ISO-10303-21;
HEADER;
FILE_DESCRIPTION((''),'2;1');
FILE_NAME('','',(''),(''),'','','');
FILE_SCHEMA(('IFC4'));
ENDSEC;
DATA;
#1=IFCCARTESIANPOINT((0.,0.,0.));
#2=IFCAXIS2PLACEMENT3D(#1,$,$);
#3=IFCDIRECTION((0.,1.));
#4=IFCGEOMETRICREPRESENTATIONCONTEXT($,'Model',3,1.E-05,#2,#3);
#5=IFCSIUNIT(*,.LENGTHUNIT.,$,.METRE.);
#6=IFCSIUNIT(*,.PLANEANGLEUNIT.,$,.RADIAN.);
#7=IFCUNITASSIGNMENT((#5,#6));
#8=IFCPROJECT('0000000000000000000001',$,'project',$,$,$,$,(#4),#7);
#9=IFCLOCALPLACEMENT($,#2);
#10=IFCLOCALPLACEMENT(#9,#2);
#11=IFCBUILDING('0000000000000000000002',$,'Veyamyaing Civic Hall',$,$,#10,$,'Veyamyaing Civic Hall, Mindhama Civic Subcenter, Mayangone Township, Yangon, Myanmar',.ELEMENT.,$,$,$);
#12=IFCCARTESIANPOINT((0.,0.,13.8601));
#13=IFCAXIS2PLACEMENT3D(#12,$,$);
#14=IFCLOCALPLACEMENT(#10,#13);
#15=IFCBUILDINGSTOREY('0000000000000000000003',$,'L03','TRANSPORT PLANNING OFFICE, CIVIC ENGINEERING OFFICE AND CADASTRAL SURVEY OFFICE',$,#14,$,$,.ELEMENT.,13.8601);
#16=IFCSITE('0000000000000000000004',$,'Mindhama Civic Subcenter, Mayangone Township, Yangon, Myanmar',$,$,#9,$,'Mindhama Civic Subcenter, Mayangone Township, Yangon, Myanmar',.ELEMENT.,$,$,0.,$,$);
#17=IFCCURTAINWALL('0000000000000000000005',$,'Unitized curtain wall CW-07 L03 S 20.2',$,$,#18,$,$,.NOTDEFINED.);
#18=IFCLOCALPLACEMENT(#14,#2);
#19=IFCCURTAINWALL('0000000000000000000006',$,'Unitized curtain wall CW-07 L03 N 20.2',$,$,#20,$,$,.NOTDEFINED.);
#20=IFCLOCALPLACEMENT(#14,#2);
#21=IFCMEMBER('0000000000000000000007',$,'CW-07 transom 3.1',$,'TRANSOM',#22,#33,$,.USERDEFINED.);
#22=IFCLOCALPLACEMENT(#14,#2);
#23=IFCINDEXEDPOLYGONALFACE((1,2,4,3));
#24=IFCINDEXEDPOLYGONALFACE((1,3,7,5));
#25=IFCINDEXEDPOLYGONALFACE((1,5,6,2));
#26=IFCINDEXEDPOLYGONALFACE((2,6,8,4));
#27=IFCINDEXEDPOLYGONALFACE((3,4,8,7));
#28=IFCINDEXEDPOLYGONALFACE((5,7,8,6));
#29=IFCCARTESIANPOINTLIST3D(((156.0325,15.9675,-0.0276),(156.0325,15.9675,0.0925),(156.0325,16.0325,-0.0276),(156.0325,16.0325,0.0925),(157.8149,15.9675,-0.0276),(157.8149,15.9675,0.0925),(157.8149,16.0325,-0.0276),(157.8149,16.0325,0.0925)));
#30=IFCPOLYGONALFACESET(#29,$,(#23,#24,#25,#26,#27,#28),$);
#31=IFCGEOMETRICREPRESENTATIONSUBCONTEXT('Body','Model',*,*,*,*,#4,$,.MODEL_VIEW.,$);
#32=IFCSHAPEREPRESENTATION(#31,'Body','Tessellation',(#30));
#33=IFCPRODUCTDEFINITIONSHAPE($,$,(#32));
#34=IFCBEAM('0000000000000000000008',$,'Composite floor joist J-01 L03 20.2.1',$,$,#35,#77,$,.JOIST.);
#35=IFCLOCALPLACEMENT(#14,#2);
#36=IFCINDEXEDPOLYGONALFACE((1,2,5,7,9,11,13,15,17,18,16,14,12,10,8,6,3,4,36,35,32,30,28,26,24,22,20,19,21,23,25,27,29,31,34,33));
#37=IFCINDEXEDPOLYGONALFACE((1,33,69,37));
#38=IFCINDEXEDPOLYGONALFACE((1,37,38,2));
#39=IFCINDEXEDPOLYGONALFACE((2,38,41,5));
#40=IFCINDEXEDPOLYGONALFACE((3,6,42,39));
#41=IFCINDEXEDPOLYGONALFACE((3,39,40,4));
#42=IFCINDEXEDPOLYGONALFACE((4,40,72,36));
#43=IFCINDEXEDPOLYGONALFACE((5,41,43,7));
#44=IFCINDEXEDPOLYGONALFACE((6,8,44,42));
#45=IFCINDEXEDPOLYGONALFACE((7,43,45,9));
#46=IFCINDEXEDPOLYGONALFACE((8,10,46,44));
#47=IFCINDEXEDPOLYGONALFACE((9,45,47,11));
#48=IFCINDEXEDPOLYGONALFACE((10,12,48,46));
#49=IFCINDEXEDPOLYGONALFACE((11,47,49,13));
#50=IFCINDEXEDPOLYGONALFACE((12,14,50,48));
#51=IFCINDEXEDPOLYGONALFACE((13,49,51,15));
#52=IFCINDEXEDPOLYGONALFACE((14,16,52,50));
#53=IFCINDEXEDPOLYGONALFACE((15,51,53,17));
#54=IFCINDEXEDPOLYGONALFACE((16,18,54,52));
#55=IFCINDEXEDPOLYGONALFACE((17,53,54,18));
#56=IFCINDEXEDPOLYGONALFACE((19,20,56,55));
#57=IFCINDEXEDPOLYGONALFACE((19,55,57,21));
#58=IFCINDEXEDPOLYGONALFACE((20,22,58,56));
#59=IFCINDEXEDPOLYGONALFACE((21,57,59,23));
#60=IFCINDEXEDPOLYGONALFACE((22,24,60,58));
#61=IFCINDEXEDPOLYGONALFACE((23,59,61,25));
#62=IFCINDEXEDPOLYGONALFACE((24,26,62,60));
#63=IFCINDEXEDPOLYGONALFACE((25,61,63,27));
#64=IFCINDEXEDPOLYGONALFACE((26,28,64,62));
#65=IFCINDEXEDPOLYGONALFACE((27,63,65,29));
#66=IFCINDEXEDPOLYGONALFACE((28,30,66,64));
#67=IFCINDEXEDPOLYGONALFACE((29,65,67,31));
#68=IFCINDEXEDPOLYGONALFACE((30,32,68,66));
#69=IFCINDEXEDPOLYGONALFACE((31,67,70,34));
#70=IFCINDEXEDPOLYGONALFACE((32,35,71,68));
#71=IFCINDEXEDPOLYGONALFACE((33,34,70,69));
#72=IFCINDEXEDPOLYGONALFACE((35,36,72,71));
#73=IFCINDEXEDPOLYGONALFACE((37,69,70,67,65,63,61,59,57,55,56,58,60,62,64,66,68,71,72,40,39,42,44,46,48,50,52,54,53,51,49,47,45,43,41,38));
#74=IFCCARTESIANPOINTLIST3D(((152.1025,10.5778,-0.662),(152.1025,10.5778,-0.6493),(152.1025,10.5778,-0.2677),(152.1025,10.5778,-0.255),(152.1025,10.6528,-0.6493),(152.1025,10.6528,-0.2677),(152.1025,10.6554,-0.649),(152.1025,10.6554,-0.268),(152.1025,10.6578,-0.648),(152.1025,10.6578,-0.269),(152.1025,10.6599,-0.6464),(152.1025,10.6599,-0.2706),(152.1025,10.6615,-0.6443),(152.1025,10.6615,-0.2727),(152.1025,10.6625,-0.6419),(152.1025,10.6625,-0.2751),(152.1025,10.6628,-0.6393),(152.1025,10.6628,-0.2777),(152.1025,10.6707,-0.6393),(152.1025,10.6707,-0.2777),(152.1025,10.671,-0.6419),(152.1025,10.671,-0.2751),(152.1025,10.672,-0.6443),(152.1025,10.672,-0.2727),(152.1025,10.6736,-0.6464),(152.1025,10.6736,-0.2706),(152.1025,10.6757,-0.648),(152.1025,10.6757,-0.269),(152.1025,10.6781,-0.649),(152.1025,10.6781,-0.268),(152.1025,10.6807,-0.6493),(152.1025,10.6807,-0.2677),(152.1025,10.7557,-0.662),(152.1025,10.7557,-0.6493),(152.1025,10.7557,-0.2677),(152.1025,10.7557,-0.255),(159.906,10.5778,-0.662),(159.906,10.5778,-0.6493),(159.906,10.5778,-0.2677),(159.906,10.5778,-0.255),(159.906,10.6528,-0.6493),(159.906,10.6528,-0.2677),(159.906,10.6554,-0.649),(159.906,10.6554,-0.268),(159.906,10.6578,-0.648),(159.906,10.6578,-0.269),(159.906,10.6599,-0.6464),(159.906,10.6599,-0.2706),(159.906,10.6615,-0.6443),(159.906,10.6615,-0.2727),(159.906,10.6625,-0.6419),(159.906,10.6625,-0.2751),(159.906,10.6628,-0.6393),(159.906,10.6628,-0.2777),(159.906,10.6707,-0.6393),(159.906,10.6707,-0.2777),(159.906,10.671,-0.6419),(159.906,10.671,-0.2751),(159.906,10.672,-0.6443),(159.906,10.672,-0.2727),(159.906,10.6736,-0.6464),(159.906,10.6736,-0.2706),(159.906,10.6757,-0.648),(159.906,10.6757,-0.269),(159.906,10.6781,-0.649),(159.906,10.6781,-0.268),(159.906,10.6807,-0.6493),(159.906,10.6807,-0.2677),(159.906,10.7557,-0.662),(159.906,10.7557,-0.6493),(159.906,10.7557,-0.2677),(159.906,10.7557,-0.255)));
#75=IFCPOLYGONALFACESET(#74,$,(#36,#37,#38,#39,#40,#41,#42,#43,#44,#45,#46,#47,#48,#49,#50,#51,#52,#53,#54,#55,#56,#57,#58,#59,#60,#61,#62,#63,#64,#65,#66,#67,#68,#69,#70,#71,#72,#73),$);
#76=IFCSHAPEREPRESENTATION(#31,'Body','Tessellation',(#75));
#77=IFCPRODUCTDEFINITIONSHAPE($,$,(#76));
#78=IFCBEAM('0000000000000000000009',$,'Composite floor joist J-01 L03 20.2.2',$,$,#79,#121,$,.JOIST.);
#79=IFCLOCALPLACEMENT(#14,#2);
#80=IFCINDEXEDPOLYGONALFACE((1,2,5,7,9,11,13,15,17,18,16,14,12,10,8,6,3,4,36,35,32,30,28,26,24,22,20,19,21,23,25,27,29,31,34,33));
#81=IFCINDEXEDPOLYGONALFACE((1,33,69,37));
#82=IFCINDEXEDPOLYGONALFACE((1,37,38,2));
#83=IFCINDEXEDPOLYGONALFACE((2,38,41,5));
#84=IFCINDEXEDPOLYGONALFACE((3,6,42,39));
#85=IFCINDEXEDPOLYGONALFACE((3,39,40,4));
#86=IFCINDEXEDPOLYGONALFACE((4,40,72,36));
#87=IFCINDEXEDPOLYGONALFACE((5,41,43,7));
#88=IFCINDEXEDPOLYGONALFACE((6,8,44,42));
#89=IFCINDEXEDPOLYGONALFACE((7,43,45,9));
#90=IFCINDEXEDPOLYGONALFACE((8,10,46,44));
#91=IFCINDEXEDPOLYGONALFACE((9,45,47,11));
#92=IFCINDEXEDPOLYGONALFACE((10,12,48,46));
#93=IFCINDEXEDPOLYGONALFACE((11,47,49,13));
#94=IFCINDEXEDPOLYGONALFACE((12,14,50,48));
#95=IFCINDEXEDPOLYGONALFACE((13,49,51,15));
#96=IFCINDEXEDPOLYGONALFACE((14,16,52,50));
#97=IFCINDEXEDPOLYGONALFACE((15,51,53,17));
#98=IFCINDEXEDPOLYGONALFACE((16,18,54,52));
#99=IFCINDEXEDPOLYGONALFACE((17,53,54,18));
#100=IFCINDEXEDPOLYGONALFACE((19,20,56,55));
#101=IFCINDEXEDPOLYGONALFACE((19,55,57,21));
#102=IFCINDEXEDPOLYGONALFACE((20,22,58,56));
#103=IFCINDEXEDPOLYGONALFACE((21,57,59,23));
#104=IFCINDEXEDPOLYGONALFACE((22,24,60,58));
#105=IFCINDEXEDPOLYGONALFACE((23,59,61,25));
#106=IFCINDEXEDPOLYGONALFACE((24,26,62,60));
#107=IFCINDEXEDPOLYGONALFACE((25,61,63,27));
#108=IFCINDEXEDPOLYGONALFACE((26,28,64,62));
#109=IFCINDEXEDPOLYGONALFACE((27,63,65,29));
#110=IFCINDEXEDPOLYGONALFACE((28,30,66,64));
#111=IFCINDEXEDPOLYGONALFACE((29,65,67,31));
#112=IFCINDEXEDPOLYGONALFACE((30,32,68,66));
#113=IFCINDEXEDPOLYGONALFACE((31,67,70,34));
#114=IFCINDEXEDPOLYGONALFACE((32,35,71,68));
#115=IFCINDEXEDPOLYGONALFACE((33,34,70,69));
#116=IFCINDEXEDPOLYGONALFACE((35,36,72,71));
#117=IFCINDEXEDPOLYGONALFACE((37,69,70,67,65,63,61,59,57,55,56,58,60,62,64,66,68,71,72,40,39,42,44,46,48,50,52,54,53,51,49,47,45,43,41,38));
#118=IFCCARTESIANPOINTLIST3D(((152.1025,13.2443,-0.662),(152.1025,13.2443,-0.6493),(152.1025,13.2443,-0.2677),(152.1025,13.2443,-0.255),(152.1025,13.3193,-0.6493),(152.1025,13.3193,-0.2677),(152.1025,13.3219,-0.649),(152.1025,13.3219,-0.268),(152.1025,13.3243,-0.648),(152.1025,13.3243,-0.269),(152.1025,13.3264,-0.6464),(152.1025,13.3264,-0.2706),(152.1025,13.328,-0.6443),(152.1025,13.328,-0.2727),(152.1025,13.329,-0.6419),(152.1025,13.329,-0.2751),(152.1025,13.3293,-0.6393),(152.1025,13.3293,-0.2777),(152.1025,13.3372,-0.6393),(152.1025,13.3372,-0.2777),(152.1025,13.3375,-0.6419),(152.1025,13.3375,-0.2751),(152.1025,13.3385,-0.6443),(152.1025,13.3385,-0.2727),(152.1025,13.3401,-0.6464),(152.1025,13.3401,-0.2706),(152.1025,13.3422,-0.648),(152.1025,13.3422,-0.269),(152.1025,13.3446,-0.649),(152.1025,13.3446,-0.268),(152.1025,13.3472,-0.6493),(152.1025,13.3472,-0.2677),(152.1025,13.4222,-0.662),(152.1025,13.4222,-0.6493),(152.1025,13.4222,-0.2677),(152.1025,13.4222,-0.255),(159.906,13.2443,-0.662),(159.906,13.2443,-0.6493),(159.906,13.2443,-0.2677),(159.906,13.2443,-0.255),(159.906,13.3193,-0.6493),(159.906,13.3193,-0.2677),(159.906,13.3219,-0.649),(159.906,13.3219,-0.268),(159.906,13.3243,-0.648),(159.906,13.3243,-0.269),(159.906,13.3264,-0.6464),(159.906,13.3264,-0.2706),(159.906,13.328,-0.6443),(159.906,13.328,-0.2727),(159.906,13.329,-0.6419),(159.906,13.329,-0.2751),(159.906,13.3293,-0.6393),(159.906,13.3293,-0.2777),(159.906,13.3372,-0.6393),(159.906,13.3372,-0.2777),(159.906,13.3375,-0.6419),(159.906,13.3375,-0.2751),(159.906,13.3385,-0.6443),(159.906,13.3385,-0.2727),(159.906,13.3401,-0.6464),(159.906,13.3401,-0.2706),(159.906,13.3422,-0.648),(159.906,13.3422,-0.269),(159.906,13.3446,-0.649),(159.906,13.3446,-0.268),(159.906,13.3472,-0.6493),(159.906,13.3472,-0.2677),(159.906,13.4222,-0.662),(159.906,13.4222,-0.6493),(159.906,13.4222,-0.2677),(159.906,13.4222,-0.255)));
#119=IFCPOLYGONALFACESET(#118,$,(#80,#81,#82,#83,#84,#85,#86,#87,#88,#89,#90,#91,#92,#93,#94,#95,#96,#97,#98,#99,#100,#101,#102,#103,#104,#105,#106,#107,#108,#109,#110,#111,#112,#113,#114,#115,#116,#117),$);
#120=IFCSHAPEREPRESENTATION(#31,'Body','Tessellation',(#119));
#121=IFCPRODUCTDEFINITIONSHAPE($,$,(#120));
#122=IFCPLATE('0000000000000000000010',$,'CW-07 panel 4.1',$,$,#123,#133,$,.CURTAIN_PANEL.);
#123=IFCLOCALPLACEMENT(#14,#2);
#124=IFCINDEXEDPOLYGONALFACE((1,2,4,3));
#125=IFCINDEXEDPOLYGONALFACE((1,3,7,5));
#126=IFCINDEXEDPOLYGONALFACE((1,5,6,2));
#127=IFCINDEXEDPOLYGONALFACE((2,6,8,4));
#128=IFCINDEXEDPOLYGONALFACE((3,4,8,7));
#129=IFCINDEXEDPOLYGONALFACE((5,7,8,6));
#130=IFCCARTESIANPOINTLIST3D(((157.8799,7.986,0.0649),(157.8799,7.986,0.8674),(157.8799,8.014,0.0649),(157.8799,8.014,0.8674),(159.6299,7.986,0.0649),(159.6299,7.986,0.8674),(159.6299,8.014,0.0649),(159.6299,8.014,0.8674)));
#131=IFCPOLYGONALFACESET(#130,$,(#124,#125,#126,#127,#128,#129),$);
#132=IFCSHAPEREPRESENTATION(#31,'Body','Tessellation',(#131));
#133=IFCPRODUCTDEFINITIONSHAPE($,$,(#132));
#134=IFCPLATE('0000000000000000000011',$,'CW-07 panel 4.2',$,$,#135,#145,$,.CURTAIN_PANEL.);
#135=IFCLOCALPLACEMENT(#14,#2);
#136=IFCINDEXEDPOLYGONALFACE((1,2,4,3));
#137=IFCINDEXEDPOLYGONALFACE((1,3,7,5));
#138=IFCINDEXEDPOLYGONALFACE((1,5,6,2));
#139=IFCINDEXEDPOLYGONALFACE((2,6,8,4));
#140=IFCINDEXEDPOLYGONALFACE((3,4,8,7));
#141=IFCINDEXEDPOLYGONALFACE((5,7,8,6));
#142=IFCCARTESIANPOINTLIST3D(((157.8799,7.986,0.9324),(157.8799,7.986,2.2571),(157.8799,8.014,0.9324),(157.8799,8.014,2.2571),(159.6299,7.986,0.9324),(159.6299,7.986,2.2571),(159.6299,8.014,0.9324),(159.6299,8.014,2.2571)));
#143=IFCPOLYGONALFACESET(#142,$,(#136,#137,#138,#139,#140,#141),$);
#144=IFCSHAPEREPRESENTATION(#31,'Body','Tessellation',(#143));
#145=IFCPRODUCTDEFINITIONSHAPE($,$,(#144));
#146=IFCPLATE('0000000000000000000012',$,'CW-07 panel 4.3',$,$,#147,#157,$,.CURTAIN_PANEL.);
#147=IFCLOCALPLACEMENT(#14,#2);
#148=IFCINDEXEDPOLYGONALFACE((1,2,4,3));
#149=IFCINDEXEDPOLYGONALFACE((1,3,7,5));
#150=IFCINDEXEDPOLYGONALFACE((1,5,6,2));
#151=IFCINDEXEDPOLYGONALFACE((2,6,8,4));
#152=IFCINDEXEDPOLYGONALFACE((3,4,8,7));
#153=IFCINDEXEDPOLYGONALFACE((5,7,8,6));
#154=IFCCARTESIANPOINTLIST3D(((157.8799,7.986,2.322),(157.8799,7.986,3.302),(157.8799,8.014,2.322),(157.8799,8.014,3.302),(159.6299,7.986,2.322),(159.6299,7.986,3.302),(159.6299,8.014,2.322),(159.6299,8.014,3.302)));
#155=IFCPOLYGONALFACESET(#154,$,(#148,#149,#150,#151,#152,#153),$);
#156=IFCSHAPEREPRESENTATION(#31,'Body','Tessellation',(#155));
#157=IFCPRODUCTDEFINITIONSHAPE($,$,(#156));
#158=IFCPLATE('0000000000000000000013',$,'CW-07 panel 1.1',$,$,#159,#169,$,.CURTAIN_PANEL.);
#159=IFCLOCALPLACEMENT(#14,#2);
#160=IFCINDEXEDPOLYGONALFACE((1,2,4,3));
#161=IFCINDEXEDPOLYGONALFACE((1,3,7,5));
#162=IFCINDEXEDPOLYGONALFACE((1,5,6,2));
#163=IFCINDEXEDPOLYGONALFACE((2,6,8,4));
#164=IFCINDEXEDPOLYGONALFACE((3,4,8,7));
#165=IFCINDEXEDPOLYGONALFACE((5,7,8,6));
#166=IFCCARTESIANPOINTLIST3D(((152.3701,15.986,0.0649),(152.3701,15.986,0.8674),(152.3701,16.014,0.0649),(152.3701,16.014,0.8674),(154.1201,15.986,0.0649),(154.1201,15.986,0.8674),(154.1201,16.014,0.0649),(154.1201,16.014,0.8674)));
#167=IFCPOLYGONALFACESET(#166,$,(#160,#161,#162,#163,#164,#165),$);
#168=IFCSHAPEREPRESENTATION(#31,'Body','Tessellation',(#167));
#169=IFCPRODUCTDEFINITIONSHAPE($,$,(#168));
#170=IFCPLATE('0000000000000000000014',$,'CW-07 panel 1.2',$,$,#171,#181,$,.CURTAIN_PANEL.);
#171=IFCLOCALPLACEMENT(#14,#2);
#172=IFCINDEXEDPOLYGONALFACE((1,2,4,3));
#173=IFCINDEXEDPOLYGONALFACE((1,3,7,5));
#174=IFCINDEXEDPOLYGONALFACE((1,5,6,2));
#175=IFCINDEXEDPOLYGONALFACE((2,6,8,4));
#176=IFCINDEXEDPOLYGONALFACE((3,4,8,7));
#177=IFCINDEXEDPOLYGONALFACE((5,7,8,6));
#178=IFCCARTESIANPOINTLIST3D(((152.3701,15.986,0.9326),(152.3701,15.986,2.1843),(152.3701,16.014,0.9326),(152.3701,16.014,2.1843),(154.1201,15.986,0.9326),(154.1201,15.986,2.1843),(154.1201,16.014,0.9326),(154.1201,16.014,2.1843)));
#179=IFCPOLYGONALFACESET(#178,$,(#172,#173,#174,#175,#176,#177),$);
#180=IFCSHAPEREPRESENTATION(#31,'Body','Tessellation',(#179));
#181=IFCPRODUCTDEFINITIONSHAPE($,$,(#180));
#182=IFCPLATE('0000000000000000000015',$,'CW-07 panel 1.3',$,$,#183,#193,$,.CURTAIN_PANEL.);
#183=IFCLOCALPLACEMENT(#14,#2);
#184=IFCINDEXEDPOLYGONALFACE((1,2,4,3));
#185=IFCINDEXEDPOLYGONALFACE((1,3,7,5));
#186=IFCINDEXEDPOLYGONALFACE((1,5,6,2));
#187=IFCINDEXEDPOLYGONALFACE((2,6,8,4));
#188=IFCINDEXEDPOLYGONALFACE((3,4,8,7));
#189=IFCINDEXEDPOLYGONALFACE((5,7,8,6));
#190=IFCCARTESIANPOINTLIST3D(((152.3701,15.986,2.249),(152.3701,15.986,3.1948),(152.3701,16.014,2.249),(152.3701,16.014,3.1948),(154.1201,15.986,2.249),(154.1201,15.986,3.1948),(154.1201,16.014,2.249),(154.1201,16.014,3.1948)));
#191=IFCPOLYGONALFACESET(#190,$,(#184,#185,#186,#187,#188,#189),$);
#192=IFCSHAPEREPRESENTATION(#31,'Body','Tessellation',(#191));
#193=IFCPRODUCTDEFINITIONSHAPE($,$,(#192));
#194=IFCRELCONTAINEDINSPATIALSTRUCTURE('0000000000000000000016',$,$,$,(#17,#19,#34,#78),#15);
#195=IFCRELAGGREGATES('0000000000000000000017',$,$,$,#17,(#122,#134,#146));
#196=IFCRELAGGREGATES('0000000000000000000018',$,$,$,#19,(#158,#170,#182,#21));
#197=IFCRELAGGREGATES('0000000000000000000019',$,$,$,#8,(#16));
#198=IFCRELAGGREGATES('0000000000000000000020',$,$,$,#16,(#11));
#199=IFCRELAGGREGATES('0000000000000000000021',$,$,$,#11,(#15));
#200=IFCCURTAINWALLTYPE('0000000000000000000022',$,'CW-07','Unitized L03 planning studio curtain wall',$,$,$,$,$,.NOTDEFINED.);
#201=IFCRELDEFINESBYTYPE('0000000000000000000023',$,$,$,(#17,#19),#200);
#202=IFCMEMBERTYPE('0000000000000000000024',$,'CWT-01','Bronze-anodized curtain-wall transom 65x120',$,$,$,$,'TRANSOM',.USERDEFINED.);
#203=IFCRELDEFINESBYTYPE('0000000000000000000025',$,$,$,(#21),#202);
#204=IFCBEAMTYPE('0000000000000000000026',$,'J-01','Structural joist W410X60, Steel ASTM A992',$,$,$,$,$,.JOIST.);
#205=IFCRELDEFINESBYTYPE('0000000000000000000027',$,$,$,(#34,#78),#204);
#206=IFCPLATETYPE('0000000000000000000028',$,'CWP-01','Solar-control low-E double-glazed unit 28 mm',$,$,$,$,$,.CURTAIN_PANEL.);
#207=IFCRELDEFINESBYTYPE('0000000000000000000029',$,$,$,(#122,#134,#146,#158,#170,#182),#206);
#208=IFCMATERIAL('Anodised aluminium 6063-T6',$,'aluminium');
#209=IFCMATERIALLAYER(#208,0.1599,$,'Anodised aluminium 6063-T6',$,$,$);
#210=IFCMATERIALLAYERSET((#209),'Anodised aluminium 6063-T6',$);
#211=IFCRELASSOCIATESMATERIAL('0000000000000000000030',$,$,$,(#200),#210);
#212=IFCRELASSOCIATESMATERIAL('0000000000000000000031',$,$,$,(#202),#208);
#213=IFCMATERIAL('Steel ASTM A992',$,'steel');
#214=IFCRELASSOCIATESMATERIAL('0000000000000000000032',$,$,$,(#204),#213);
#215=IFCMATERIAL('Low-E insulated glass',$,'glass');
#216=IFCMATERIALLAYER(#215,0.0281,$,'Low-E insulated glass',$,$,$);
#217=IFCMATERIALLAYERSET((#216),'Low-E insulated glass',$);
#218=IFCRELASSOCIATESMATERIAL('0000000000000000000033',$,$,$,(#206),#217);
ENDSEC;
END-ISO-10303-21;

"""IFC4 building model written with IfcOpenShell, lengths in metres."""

from ifc_helpers import new_model, si_unit, direction, frame, origin, origin_2d, place, context, subcontext, project, spatial, rectangle, i_section, extrude, material, layer, layer_set, material_profile, profile_set, type_object, element, aggregate, save


model = new_model("IFC4")

# Units and contexts
model_context = context("Model", 3, precision=1e-05, world=origin(), true_north=direction((0.0, 1.0)))
body_context = subcontext(model_context, "Body", "Model", "MODEL_VIEW")
ifc_project = project(units=[si_unit("LENGTHUNIT", "METRE"), si_unit("PLANEANGLEUNIT", "RADIAN")], contexts=[model_context])

# Site, building, storey
site_placement = place(None, origin())
site = spatial("IfcSite", under=ifc_project, at=site_placement, Name="Mindhama Civic Subcenter, Mayangone Township, Yangon, Myanmar", LongName="Mindhama Civic Subcenter, Mayangone Township, Yangon, Myanmar", CompositionType="ELEMENT", RefElevation=0.0)
building_placement = place(site_placement, origin())
building = spatial("IfcBuilding", under=site, at=building_placement, Name="Veyamyaing Civic Hall", LongName="Veyamyaing Civic Hall, Mindhama Civic Subcenter, Mayangone Township, Yangon, Myanmar", CompositionType="ELEMENT")
storey_placement = place(building_placement, frame((0.0, 0.0, 13.8601)))
storey = spatial("IfcBuildingStorey", under=building, at=storey_placement, Name="L03", Description="TRANSPORT PLANNING OFFICE, CIVIC ENGINEERING OFFICE AND CADASTRAL SURVEY OFFICE", CompositionType="ELEMENT", Elevation=13.8601)

# Shared definitions
ifc_material_1 = material(Name="Steel ASTM A992", Category="steel")

# Curtain walls
ifc_material_2 = material(Name="Anodised aluminium 6063-T6", Category="aluminium")
ifc_layer_1 = layer(ifc_material_2, 0.1599, Name="Anodised aluminium 6063-T6")
ifc_layer_set_1 = layer_set([ifc_layer_1], Name="Anodised aluminium 6063-T6")
curtain_wall_type = type_object("IfcCurtainWallType", Name="CW-07", Description="Unitized L03 planning studio curtain wall", PredefinedType="NOTDEFINED", material=ifc_layer_set_1)
curtain_wall_1_placement = place(storey_placement, origin())
curtain_wall_1 = element("IfcCurtainWall", 1, at=curtain_wall_1_placement, inside=storey, type_object=curtain_wall_type, Name="Unitized curtain wall CW-07 L03 S 20.2", PredefinedType="NOTDEFINED")
curtain_wall_2_placement = place(storey_placement, origin())
curtain_wall_2 = element("IfcCurtainWall", 2, at=curtain_wall_2_placement, inside=storey, type_object=curtain_wall_type, Name="Unitized curtain wall CW-07 L03 N 20.2", PredefinedType="NOTDEFINED")

# Member
ifc_material_profile_1 = material_profile(ifc_material_2, rectangle(XDim=0.0649, YDim=0.1201, at=origin_2d()), Name="ALU-TRN-65X120")
ifc_profile_set_1 = profile_set([ifc_material_profile_1], Name="Anodised aluminium 6063-T6")
member_type_1 = type_object("IfcMemberType", Name="CWT-01", Description="Bronze-anodized curtain-wall transom 65x120", ElementType="TRANSOM", PredefinedType="USERDEFINED", material=ifc_profile_set_1)
member_1_placement = place(storey_placement, frame((156.0325, 16.0, 0.0325), z_axis=(1.0, 0.0, 0.0), x_axis=(0.0, 1.0, 0.0)))
member_1 = element("IfcMember", 3, at=member_1_placement, type_object=member_type_1, Name="CW-07 transom 3.1", ObjectType="TRANSOM", PredefinedType="USERDEFINED", context=body_context, shape_type="SweptSolid", body=[
    extrude(rectangle(XDim=0.0649, YDim=0.1201, at=origin_2d()), origin(), (0.0, 0.0, 1.0), 1.7825),
])

# Beams
ifc_material_profile_2 = material_profile(ifc_material_1, i_section(OverallWidth=0.178, OverallDepth=0.407, WebThickness=0.0078, FlangeThickness=0.0127, FilletRadius=0.01, at=origin_2d()), Name="W410X60")
ifc_profile_set_2 = profile_set([ifc_material_profile_2], Name="Steel ASTM A992")
beam_type_1 = type_object("IfcBeamType", Name="J-01", Description="Structural joist W410X60, Steel ASTM A992", PredefinedType="JOIST", material=ifc_profile_set_2)
for number, where, z_axis, x_axis, name in (
    (4, (152.1025, 10.6667, -0.4585), (1.0, 0.0, 0.0), (0.0, 1.0, 0.0), "Composite floor joist J-01 L03 20.2.1"),
    (5, (152.1025, 13.3333, -0.4585), (1.0, 0.0, 0.0), (0.0, 1.0, 0.0), "Composite floor joist J-01 L03 20.2.2"),
):
    element("IfcBeam", number, at=place(storey_placement, frame(where, z_axis=z_axis, x_axis=x_axis)), inside=storey, type_object=beam_type_1, Name=name, PredefinedType="JOIST", context=body_context, shape_type="SweptSolid", body=[
        extrude(i_section(OverallWidth=0.178, OverallDepth=0.407, WebThickness=0.0078, FlangeThickness=0.0127, FilletRadius=0.01, at=origin_2d()), origin(), (0.0, 0.0, 1.0), 7.8035),
    ])

# Plates
ifc_material_3 = material(Name="Low-E insulated glass", Category="glass")
ifc_layer_2 = layer(ifc_material_3, 0.0281, Name="Low-E insulated glass")
ifc_layer_set_2 = layer_set([ifc_layer_2], Name="Low-E insulated glass")
plate_type = type_object("IfcPlateType", Name="CWP-01", Description="Solar-control low-E double-glazed unit 28 mm", PredefinedType="CURTAIN_PANEL", material=ifc_layer_set_2)
plate_1_placement = place(storey_placement, frame((158.7549, 8.0, 0.0649), z_axis=(0.0, 0.0, 1.0), x_axis=(1.0, 0.0, 0.0)))
plate_1 = element("IfcPlate", 6, at=plate_1_placement, type_object=plate_type, Name="CW-07 panel 4.1", PredefinedType="CURTAIN_PANEL", context=body_context, shape_type="SweptSolid", body=[
    extrude(rectangle(XDim=1.75, YDim=0.0281, at=origin_2d()), origin(), (0.0, 0.0, 1.0), 0.8025),
])
plate_2_placement = place(storey_placement, frame((158.7549, 8.0, 0.9324), z_axis=(0.0, 0.0, 1.0), x_axis=(1.0, 0.0, 0.0)))
plate_2 = element("IfcPlate", 7, at=plate_2_placement, type_object=plate_type, Name="CW-07 panel 4.2", PredefinedType="CURTAIN_PANEL", context=body_context, shape_type="SweptSolid", body=[
    extrude(rectangle(XDim=1.75, YDim=0.0281, at=origin_2d()), origin(), (0.0, 0.0, 1.0), 1.3247),
])
plate_3_placement = place(storey_placement, frame((158.7549, 8.0, 2.322), z_axis=(0.0, 0.0, 1.0), x_axis=(1.0, 0.0, 0.0)))
plate_3 = element("IfcPlate", 8, at=plate_3_placement, type_object=plate_type, Name="CW-07 panel 4.3", PredefinedType="CURTAIN_PANEL", context=body_context, shape_type="SweptSolid", body=[
    extrude(rectangle(XDim=1.75, YDim=0.0281, at=origin_2d()), origin(), (0.0, 0.0, 1.0), 0.98),
])
aggregate(curtain_wall_1, [plate_1, plate_2, plate_3])
plate_4_placement = place(storey_placement, frame((153.2451, 16.0, 0.0649), z_axis=(0.0, 0.0, 1.0), x_axis=(1.0, 0.0, 0.0)))
plate_4 = element("IfcPlate", 9, at=plate_4_placement, type_object=plate_type, Name="CW-07 panel 1.1", PredefinedType="CURTAIN_PANEL", context=body_context, shape_type="SweptSolid", body=[
    extrude(rectangle(XDim=1.75, YDim=0.0281, at=origin_2d()), origin(), (0.0, 0.0, 1.0), 0.8025),
])
plate_5_placement = place(storey_placement, frame((153.2451, 16.0, 0.9326), z_axis=(0.0, 0.0, 1.0), x_axis=(1.0, 0.0, 0.0)))
plate_5 = element("IfcPlate", 10, at=plate_5_placement, type_object=plate_type, Name="CW-07 panel 1.2", PredefinedType="CURTAIN_PANEL", context=body_context, shape_type="SweptSolid", body=[
    extrude(rectangle(XDim=1.75, YDim=0.0281, at=origin_2d()), origin(), (0.0, 0.0, 1.0), 1.2517),
])
plate_6_placement = place(storey_placement, frame((153.2451, 16.0, 2.249), z_axis=(0.0, 0.0, 1.0), x_axis=(1.0, 0.0, 0.0)))
plate_6 = element("IfcPlate", 11, at=plate_6_placement, type_object=plate_type, Name="CW-07 panel 1.3", PredefinedType="CURTAIN_PANEL", context=body_context, shape_type="SweptSolid", body=[
    extrude(rectangle(XDim=1.75, YDim=0.0281, at=origin_2d()), origin(), (0.0, 0.0, 1.0), 0.9458),
])
aggregate(curtain_wall_2, [plate_4, plate_5, plate_6, member_1])

save(model, "model.ifc")
